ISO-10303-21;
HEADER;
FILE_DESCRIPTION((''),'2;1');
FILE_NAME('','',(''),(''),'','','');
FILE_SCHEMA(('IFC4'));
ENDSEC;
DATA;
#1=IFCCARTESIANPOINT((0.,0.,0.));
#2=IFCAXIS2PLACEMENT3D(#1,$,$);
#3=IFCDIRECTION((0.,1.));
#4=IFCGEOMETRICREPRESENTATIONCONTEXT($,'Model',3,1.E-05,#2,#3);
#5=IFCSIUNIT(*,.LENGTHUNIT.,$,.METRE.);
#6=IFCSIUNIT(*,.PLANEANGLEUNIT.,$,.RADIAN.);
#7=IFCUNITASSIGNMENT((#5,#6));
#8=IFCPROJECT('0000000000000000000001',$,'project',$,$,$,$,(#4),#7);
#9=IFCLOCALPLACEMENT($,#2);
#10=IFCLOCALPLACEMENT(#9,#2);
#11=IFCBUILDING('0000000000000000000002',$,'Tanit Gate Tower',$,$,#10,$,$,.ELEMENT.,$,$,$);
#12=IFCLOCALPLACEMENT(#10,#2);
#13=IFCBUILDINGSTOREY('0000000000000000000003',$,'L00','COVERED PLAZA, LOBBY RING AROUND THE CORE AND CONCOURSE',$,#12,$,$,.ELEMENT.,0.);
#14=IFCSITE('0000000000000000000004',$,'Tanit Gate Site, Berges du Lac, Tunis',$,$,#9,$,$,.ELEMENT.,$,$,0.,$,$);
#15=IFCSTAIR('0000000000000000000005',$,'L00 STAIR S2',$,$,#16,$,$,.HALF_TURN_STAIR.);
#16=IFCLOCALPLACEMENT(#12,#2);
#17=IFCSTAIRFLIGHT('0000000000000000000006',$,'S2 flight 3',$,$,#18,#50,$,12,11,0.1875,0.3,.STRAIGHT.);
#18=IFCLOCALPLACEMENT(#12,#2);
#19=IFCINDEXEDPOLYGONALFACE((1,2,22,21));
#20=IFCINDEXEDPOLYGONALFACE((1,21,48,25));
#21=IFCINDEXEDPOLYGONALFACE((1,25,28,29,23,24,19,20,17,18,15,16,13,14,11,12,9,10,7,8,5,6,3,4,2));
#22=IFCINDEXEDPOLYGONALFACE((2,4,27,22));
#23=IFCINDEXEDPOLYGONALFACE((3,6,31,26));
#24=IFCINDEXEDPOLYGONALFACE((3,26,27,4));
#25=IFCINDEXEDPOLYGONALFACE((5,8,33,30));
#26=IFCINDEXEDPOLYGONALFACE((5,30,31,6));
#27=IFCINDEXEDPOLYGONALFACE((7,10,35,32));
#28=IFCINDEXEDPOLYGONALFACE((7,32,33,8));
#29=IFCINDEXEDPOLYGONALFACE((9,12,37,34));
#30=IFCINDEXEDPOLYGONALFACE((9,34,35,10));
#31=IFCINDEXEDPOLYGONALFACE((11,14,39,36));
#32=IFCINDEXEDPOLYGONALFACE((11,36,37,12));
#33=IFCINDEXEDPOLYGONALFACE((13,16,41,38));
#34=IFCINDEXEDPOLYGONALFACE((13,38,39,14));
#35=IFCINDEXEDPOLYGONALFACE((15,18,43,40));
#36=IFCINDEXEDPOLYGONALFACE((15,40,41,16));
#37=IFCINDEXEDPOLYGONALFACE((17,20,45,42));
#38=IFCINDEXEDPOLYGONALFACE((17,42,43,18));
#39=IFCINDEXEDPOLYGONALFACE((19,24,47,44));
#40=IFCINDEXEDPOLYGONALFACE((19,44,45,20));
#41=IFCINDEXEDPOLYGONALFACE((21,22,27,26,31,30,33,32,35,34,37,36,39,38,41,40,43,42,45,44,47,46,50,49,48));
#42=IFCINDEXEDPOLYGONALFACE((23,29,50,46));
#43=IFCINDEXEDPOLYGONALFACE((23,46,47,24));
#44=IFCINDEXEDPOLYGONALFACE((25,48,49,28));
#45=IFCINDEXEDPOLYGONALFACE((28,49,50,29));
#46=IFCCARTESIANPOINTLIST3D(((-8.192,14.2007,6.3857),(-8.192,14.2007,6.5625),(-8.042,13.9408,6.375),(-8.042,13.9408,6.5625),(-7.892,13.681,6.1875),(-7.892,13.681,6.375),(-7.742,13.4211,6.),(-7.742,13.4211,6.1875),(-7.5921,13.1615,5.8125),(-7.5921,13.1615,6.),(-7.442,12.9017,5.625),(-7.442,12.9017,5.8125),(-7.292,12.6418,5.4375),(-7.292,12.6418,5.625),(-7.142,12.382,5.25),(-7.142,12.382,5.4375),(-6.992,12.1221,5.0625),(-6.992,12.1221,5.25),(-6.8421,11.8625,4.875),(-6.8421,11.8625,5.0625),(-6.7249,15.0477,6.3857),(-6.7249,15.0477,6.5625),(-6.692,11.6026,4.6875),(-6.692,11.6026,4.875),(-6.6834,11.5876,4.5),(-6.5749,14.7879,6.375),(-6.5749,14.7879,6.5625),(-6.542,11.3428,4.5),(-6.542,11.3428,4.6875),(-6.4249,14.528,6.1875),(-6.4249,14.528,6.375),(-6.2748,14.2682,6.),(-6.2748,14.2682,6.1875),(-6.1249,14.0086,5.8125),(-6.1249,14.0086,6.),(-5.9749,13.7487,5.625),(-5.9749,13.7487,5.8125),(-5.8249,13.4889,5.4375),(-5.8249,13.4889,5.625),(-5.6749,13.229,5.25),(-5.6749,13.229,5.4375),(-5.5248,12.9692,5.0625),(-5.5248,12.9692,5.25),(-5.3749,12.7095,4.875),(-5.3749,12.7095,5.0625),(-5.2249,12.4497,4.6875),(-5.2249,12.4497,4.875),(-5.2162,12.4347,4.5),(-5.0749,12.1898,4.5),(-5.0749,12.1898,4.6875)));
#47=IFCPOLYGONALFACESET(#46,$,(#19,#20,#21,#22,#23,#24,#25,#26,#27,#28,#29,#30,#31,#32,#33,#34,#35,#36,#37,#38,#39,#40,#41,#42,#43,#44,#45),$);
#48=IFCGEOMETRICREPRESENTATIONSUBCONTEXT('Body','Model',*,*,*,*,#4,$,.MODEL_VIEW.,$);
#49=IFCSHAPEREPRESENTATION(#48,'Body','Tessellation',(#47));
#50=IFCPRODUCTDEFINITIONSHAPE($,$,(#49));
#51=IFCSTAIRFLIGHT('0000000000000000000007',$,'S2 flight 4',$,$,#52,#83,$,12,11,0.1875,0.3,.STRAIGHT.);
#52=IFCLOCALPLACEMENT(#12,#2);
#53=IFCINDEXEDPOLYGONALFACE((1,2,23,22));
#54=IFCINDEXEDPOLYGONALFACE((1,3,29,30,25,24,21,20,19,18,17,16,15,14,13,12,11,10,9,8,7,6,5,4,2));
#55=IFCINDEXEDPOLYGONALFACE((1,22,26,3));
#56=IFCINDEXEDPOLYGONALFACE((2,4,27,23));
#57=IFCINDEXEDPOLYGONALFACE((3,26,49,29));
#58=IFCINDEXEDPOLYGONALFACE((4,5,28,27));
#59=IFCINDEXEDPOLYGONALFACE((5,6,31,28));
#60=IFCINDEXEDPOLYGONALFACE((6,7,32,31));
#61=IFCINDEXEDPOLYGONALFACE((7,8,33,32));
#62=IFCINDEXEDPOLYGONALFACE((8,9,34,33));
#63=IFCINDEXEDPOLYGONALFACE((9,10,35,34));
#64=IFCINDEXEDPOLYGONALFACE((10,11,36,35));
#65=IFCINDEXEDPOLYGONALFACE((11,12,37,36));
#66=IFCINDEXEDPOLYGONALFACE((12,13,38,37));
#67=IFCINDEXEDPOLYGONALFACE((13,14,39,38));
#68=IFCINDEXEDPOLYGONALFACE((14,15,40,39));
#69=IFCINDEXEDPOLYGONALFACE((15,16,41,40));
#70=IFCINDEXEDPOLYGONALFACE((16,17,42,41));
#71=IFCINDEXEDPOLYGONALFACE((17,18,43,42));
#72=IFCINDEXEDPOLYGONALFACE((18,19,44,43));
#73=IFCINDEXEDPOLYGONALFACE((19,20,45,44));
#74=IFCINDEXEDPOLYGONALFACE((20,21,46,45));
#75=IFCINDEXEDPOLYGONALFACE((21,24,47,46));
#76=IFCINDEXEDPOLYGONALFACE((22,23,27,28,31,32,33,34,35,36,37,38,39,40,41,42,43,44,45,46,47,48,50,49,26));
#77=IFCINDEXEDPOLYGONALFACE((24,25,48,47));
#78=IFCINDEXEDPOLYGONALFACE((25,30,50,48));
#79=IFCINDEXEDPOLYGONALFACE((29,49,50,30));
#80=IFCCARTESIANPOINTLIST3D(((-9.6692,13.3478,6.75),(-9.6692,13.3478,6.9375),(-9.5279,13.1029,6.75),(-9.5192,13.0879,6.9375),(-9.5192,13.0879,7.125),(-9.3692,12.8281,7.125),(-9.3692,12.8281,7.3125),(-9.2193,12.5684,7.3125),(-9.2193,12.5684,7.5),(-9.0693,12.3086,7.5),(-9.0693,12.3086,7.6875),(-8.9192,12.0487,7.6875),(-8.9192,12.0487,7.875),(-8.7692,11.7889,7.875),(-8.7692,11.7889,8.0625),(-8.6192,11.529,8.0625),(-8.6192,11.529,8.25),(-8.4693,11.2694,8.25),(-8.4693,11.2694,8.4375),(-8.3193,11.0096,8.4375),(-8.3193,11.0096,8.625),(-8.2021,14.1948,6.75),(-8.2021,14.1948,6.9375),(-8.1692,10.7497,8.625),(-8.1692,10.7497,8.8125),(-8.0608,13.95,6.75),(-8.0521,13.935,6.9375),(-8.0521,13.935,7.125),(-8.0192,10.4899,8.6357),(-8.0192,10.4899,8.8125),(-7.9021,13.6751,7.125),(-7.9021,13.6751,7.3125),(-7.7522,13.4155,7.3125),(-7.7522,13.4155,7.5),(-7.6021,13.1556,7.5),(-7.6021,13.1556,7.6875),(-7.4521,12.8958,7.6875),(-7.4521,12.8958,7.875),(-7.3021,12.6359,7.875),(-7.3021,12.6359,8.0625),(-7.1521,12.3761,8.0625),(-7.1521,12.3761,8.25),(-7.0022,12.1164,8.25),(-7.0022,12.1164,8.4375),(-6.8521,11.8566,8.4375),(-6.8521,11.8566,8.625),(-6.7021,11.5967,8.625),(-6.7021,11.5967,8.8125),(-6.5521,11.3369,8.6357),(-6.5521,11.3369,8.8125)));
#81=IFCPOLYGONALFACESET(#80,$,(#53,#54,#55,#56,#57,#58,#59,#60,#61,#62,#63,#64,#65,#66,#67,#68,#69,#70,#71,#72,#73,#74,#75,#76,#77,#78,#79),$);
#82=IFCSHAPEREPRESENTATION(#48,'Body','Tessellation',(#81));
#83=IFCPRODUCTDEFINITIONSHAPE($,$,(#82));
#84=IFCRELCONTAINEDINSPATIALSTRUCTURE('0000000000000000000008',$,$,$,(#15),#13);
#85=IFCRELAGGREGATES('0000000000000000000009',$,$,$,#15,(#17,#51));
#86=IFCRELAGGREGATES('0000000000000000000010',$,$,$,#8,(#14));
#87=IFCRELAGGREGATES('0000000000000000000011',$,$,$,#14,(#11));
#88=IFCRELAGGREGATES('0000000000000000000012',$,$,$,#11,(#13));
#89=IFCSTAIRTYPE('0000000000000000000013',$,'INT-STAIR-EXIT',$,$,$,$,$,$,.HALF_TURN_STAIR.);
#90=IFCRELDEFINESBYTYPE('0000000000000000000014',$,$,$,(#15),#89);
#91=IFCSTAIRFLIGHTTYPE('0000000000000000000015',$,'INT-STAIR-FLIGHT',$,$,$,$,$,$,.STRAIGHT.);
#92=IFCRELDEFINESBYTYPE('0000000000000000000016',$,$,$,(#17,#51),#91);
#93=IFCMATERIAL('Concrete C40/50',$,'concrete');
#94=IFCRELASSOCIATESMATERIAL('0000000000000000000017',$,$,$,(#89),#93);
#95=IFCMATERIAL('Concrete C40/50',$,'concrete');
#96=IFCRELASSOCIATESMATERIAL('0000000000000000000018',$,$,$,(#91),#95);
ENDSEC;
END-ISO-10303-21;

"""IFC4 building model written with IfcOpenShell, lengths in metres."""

from ifc_helpers import new_model, si_unit, direction, frame, origin, place, context, subcontext, project, spatial, polyline, outline, extrude, material, type_object, element, aggregate, save


model = new_model("IFC4")

# Units and contexts
model_context = context("Model", 3, precision=1e-05, world=origin(), true_north=direction((0.0, 1.0)))
body_context = subcontext(model_context, "Body", "Model", "MODEL_VIEW")
ifc_project = project(units=[si_unit("LENGTHUNIT", "METRE"), si_unit("PLANEANGLEUNIT", "RADIAN")], contexts=[model_context])

# Site, building, storey
site_placement = place(None, origin())
site = spatial("IfcSite", under=ifc_project, at=site_placement, Name="Tanit Gate Site, Berges du Lac, Tunis", CompositionType="ELEMENT", RefElevation=0.0)
building_placement = place(site_placement, origin())
building = spatial("IfcBuilding", under=site, at=building_placement, Name="Tanit Gate Tower", CompositionType="ELEMENT")
storey_placement = place(building_placement, origin())
storey = spatial("IfcBuildingStorey", under=building, at=storey_placement, Name="L00", Description="COVERED PLAZA, LOBBY RING AROUND THE CORE AND CONCOURSE", CompositionType="ELEMENT", Elevation=0.0)

# Stair, stair flights
ifc_material_1 = material(Name="Concrete C40/50", Category="concrete")
stair_type = type_object("IfcStairType", Name="INT-STAIR-EXIT", PredefinedType="HALF_TURN_STAIR", material=ifc_material_1)
stair_placement = place(storey_placement, origin())
stair = element("IfcStair", 1, at=stair_placement, inside=storey, type_object=stair_type, Name="L00 STAIR S2", PredefinedType="HALF_TURN_STAIR")
ifc_material_2 = material(Name="Concrete C40/50", Category="concrete")
stair_flight_type = type_object("IfcStairFlightType", Name="INT-STAIR-FLIGHT", PredefinedType="STRAIGHT", material=ifc_material_2)
stair_flight_1_placement = place(storey_placement, frame((-5.8083, 11.7664, 4.5), z_axis=(0.0, 0.0, 1.0), x_axis=(-0.5, 0.866025, 0.0)))
stair_flight_1 = element("IfcStairFlight", 2, at=stair_flight_1_placement, type_object=stair_flight_type, Name="S2 flight 3", NumberOfRisers=12, NumberOfTreads=11, PredefinedType="STRAIGHT", RiserHeight=0.1875, TreadLength=0.3, context=body_context, shape_type="SweptSolid", body=[
    extrude(outline(polyline([(0.0, 0.0), (0.0, 0.1875), (0.3, 0.1875), (0.3, 0.375), (0.6001, 0.375), (0.6001, 0.5625), (0.8999, 0.5625), (0.8999, 0.75), (1.2, 0.75), (1.2, 0.9375), (1.5, 0.9375), (1.5, 1.125), (1.8, 1.125), (1.8, 1.3125), (2.1001, 1.3125), (2.1001, 1.5), (2.3999, 1.5), (2.3999, 1.6875), (2.7, 1.6875), (2.7, 1.875), (3.0, 1.875), (3.0, 2.0625), (3.3, 2.0625), (3.3, 2.25), (3.3, 1.8857), (0.2827, 0.0), (0.0, 0.0)])), frame((0.0, 0.8472, 0.0), z_axis=(0.0, -1.0, 0.0), x_axis=(1.0, 0.0, 0.0)), (0.0, 0.0, 1.0), 1.6941),
])
stair_flight_2_placement = place(storey_placement, frame((-8.9358, 13.7712, 6.75), z_axis=(0.0, 0.0, 1.0), x_axis=(0.5, -0.866025, 0.0)))
stair_flight_2 = element("IfcStairFlight", 3, at=stair_flight_2_placement, type_object=stair_flight_type, Name="S2 flight 4", NumberOfRisers=12, NumberOfTreads=11, PredefinedType="STRAIGHT", RiserHeight=0.1875, TreadLength=0.3, context=body_context, shape_type="SweptSolid", body=[
    extrude(outline(polyline([(0.0, 0.0), (0.0, 0.1875), (0.3, 0.1875), (0.3, 0.375), (0.6001, 0.375), (0.6001, 0.5625), (0.8999, 0.5625), (0.8999, 0.75), (1.2, 0.75), (1.2, 0.9375), (1.5, 0.9375), (1.5, 1.125), (1.8, 1.125), (1.8, 1.3125), (2.1001, 1.3125), (2.1001, 1.5), (2.3999, 1.5), (2.3999, 1.6875), (2.7, 1.6875), (2.7, 1.875), (3.0, 1.875), (3.0, 2.0625), (3.3, 2.0625), (3.3, 2.25), (3.3, 1.8857), (0.2827, 0.0), (0.0, 0.0)])), frame((0.0, 0.8472, 0.0), z_axis=(0.0, -1.0, 0.0), x_axis=(1.0, 0.0, 0.0)), (0.0, 0.0, 1.0), 1.6941),
])
aggregate(stair, [stair_flight_1, stair_flight_2])

save(model, "model.ifc")
